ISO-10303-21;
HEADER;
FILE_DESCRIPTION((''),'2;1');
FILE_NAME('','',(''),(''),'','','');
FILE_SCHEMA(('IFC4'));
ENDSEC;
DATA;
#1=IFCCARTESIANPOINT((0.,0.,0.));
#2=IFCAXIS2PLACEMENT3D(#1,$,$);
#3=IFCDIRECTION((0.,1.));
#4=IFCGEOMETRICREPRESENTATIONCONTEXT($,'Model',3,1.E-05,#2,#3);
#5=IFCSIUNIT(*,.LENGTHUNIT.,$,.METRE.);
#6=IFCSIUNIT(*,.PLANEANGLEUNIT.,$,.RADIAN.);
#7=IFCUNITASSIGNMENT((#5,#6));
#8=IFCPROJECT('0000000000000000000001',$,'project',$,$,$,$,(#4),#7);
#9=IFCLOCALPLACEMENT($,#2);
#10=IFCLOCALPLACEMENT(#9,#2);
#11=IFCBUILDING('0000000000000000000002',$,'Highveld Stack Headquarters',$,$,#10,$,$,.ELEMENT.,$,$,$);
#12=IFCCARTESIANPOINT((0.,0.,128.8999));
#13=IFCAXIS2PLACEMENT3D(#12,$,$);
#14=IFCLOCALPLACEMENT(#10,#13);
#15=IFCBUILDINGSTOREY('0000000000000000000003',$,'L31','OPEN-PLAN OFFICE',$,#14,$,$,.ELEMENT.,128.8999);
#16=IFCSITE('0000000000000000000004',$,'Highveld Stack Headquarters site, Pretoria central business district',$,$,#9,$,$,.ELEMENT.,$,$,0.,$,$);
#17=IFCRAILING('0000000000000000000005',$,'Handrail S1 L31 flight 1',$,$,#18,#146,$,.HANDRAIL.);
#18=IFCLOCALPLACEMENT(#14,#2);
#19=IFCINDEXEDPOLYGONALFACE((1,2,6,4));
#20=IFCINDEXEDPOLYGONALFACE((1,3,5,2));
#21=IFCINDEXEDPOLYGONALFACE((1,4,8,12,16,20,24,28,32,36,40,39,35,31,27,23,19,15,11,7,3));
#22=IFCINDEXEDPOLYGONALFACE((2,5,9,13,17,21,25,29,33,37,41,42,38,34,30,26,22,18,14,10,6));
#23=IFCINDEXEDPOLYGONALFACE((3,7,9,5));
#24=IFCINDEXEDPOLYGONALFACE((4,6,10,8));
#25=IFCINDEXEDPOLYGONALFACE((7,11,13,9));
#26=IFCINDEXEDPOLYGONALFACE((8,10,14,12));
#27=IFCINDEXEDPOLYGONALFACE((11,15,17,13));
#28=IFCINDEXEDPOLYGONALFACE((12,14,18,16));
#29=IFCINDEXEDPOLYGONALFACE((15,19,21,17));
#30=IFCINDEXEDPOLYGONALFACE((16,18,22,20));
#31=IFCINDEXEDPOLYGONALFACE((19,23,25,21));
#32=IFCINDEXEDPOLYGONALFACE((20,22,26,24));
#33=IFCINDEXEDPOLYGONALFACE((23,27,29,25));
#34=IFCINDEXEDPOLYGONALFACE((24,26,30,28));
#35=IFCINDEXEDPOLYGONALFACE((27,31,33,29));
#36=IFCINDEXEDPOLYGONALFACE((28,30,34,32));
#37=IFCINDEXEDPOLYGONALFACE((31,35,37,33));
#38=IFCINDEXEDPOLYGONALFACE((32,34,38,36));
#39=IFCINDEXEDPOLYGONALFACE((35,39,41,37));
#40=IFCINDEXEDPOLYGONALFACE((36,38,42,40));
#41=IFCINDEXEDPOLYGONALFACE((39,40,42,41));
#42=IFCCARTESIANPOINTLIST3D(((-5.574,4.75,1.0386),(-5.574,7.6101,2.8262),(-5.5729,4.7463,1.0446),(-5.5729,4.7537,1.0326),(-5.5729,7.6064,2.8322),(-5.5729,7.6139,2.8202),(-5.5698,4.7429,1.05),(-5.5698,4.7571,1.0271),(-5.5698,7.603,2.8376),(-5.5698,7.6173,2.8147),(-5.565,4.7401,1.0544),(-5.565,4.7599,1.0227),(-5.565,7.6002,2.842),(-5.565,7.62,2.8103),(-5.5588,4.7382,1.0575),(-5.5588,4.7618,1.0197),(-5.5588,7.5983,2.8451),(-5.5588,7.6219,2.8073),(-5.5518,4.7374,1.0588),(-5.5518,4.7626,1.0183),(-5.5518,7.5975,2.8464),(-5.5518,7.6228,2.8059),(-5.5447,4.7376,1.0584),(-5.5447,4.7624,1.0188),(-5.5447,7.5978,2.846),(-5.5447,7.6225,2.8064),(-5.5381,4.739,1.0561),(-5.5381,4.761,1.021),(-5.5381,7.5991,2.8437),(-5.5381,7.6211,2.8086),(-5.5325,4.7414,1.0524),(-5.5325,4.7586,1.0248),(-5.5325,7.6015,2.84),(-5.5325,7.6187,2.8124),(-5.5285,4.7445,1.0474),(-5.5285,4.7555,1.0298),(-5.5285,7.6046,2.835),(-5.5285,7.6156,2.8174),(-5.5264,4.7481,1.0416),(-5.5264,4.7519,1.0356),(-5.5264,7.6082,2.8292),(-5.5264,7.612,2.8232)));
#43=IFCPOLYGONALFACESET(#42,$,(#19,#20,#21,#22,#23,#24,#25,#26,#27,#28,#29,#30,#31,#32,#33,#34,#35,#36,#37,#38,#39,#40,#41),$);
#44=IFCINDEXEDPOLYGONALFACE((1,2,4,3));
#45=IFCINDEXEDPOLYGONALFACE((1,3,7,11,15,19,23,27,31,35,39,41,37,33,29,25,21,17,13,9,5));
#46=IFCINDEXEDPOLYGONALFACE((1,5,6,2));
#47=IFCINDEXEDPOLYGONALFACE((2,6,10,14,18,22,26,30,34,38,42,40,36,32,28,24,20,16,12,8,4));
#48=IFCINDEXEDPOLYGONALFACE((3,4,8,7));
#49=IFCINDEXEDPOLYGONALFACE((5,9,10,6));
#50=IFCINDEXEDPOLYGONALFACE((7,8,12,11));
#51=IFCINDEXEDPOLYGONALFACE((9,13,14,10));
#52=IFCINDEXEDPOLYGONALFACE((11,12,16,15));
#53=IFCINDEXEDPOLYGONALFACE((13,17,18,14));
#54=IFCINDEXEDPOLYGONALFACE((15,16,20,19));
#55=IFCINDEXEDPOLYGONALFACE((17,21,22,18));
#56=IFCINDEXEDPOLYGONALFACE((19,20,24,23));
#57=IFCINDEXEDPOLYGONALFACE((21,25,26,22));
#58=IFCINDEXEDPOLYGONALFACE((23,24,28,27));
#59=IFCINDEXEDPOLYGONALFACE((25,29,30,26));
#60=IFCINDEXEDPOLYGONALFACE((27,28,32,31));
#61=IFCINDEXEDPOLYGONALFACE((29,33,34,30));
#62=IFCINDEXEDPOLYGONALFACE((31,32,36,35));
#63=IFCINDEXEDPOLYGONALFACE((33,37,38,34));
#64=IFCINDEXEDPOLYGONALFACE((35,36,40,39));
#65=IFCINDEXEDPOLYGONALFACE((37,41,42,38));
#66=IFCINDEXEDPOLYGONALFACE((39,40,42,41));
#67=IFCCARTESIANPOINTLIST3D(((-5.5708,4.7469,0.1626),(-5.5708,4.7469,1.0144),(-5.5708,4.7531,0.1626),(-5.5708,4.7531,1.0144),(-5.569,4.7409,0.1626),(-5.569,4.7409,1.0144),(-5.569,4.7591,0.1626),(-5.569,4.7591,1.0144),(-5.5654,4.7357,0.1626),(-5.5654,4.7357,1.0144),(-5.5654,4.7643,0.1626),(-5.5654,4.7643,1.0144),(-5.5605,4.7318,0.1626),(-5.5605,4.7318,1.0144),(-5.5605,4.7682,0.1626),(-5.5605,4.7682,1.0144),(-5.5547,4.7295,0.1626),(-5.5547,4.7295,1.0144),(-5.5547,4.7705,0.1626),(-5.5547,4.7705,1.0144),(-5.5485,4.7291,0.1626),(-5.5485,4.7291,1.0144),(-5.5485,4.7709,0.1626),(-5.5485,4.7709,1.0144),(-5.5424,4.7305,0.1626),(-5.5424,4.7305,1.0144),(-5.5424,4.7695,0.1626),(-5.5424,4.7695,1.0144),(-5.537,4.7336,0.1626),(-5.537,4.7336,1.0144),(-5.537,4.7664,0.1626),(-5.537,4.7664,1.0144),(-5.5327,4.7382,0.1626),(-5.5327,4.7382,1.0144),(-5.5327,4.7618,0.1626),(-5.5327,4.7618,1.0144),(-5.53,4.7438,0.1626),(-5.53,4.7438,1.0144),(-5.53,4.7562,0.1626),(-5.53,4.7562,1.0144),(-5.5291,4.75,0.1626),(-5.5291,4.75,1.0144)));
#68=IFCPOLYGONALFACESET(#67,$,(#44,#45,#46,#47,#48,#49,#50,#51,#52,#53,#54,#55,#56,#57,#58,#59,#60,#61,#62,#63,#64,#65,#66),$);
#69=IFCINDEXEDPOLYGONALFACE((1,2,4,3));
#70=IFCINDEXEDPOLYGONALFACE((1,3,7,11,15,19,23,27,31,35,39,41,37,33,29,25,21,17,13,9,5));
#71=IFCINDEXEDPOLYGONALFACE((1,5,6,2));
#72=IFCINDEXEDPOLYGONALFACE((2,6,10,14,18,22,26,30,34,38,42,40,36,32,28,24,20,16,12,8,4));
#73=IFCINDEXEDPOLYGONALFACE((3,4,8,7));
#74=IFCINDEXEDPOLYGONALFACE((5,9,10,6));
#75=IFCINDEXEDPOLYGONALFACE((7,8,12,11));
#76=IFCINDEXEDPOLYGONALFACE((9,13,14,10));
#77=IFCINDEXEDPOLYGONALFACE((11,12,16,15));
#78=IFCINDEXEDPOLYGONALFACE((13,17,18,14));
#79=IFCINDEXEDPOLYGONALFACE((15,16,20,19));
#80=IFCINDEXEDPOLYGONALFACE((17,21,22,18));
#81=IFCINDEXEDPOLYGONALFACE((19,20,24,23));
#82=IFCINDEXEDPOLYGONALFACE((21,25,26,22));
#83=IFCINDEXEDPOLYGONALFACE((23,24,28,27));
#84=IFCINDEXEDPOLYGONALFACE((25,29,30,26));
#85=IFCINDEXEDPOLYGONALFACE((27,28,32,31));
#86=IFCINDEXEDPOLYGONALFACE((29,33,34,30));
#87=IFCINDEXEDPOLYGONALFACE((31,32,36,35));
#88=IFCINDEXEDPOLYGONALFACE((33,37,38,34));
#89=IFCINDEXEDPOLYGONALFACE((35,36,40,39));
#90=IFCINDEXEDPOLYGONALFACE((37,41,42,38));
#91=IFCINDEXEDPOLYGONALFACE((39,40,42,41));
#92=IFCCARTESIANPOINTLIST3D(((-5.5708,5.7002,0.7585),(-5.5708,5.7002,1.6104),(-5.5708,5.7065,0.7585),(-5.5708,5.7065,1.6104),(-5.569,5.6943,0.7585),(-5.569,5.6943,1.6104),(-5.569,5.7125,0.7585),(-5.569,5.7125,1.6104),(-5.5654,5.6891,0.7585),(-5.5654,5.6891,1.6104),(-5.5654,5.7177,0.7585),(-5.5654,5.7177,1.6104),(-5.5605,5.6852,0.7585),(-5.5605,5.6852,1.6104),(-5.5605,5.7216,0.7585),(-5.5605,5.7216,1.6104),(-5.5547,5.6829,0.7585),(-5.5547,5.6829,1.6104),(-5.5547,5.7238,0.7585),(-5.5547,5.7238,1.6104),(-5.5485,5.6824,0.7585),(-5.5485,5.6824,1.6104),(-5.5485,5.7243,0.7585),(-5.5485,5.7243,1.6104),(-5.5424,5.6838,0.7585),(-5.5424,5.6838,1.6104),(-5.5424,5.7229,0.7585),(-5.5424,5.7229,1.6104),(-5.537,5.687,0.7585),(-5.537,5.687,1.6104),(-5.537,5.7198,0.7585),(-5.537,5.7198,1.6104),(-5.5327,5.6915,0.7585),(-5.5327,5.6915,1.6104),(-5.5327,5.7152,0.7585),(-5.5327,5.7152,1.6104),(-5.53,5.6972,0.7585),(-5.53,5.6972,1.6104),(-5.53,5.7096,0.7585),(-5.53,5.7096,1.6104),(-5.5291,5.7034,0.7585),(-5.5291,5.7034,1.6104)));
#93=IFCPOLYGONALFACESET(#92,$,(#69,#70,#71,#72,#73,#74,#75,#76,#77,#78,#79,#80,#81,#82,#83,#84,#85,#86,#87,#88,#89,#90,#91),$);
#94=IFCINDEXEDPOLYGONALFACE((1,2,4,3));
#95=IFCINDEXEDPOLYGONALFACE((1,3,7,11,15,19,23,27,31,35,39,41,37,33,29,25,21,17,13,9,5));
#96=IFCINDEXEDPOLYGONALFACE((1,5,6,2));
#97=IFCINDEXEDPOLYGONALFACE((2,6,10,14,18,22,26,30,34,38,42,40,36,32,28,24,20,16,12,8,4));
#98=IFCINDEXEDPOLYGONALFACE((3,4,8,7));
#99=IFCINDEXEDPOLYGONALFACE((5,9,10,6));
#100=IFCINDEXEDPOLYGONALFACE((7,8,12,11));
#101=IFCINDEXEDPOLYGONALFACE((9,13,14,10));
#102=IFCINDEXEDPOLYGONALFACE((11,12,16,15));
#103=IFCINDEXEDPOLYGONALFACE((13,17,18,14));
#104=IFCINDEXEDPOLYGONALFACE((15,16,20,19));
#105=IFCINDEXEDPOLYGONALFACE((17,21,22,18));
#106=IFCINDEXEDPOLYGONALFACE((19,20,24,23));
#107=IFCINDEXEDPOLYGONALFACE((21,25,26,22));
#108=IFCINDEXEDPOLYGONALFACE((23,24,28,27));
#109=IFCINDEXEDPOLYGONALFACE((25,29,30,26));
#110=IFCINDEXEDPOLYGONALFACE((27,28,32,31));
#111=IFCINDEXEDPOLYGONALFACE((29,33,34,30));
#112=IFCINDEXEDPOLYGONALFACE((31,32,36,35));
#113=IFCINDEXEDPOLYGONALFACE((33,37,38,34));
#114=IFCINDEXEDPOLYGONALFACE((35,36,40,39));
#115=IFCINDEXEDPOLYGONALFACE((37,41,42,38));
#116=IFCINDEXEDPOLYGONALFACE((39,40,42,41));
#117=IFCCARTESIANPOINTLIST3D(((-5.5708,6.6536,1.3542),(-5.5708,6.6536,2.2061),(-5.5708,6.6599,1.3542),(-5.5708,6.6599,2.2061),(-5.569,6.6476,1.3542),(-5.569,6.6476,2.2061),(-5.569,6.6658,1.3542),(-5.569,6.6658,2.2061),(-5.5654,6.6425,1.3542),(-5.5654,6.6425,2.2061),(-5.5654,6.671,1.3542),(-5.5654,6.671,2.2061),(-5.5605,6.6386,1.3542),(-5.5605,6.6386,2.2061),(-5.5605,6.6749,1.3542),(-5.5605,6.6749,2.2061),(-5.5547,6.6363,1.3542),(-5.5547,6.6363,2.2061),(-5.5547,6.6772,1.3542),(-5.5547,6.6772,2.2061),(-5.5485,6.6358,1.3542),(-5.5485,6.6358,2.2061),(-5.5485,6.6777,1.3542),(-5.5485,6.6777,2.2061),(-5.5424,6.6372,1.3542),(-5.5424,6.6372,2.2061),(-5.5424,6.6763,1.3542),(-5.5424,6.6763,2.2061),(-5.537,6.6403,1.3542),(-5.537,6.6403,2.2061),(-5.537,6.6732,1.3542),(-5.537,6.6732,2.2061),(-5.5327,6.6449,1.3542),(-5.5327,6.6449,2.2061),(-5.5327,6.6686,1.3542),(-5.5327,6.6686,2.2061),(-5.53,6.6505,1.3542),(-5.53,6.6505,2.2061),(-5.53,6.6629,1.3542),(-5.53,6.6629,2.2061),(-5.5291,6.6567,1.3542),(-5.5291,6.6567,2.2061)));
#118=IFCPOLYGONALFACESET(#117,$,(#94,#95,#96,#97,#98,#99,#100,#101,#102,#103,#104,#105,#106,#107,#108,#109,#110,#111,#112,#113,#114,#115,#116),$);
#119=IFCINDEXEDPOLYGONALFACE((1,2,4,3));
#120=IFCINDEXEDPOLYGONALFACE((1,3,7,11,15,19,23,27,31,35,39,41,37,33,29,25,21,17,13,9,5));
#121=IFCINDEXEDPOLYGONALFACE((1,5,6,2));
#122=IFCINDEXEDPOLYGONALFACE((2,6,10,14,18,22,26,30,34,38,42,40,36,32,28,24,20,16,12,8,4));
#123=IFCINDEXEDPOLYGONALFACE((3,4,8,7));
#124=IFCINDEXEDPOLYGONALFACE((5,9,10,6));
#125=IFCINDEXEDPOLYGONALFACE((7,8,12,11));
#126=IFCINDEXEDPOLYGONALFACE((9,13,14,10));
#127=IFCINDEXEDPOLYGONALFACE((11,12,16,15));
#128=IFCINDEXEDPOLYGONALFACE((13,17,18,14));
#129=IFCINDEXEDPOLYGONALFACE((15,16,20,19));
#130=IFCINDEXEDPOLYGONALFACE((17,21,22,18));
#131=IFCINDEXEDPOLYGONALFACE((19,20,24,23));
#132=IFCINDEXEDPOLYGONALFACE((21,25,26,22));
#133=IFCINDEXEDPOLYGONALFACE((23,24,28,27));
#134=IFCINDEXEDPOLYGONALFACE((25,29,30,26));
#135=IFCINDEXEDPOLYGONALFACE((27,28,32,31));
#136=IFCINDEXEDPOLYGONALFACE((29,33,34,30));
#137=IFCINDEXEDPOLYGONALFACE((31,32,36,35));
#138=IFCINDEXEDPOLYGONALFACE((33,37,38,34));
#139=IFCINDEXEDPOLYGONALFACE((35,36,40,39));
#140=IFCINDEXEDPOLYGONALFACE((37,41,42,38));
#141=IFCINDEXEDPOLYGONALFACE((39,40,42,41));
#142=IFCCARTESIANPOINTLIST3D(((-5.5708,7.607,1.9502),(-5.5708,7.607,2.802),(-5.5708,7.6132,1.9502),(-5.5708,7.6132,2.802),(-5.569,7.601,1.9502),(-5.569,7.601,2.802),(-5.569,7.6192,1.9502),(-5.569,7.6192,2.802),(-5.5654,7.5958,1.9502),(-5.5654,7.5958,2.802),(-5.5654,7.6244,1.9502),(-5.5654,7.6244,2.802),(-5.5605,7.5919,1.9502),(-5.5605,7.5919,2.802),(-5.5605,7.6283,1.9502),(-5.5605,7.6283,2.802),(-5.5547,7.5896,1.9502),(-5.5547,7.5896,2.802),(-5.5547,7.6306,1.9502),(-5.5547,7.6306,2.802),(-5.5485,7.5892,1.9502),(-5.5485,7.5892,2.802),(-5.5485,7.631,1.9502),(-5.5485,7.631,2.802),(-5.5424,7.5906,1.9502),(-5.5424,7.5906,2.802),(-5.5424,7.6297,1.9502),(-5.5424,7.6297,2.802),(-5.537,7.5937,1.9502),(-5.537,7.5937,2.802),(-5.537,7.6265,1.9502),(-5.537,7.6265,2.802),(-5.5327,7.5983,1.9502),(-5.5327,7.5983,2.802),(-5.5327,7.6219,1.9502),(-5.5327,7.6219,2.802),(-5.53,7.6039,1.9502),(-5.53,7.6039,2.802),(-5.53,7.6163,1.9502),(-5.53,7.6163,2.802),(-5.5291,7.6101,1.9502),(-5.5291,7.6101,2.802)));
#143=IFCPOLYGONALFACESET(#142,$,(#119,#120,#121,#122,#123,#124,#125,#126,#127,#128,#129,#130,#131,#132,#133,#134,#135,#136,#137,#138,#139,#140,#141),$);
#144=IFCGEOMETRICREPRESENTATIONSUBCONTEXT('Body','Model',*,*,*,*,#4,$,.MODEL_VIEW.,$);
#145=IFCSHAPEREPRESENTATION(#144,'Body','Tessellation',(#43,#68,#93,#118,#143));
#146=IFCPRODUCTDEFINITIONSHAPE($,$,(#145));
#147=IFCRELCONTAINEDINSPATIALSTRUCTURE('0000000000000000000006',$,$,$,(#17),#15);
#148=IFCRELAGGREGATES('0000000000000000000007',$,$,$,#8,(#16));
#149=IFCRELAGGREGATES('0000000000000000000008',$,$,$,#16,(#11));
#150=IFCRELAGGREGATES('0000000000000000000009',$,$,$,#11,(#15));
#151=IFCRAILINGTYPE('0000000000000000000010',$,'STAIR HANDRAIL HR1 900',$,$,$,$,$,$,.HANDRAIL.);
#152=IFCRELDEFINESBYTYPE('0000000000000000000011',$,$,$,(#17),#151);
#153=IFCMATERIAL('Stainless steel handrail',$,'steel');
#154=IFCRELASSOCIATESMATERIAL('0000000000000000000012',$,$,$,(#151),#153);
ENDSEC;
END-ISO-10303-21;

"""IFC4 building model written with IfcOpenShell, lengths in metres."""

from ifc_helpers import new_model, si_unit, direction, frame, origin, origin_2d, place, context, subcontext, project, spatial, circle, extrude, material, type_object, element, save


model = new_model("IFC4")

# Units and contexts
model_context = context("Model", 3, precision=1e-05, world=origin(), true_north=direction((0.0, 1.0)))
body_context = subcontext(model_context, "Body", "Model", "MODEL_VIEW")
ifc_project = project(units=[si_unit("LENGTHUNIT", "METRE"), si_unit("PLANEANGLEUNIT", "RADIAN")], contexts=[model_context])

# Site, building, storey
site_placement = place(None, origin())
site = spatial("IfcSite", under=ifc_project, at=site_placement, Name="Highveld Stack Headquarters site, Pretoria central business district", CompositionType="ELEMENT", RefElevation=0.0)
building_placement = place(site_placement, origin())
building = spatial("IfcBuilding", under=site, at=building_placement, Name="Highveld Stack Headquarters", CompositionType="ELEMENT")
storey_placement = place(building_placement, frame((0.0, 0.0, 128.8999)))
storey = spatial("IfcBuildingStorey", under=building, at=storey_placement, Name="L31", Description="OPEN-PLAN OFFICE", CompositionType="ELEMENT", Elevation=128.8999)

# Railing
ifc_material_1 = material(Name="Stainless steel handrail", Category="steel")
railing_type = type_object("IfcRailingType", Name="STAIR HANDRAIL HR1 900", PredefinedType="HANDRAIL", material=ifc_material_1)
for number, where, name in (
    (1, (-5.55, 4.75, 0.1626), "Handrail S1 L31 flight 1"),
):
    element("IfcRailing", number, at=place(storey_placement, frame(where)), inside=storey, type_object=railing_type, Name=name, PredefinedType="HANDRAIL", context=body_context, shape_type="SweptSolid", body=[
        extrude(circle(Radius=0.0239, at=origin_2d()), frame((0.0, 0.0, 0.876), z_axis=(0.0, 0.847994, 0.530005), x_axis=(-1.0, 0.0, 0.0)), (0.0, 0.0, 1.0), 3.3728),
        extrude(circle(Radius=0.021, at=origin_2d()), origin(), (0.0, 0.0, 1.0), 0.8518),
        extrude(circle(Radius=0.021, at=origin_2d()), frame((0.0, 0.9534, 0.5959)), (0.0, 0.0, 1.0), 0.8518),
        extrude(circle(Radius=0.021, at=origin_2d()), frame((0.0, 1.9067, 1.1917)), (0.0, 0.0, 1.0), 0.8518),
        extrude(circle(Radius=0.021, at=origin_2d()), frame((0.0, 2.8601, 1.7876)), (0.0, 0.0, 1.0), 0.8518),
    ])

save(model, "model.ifc")
